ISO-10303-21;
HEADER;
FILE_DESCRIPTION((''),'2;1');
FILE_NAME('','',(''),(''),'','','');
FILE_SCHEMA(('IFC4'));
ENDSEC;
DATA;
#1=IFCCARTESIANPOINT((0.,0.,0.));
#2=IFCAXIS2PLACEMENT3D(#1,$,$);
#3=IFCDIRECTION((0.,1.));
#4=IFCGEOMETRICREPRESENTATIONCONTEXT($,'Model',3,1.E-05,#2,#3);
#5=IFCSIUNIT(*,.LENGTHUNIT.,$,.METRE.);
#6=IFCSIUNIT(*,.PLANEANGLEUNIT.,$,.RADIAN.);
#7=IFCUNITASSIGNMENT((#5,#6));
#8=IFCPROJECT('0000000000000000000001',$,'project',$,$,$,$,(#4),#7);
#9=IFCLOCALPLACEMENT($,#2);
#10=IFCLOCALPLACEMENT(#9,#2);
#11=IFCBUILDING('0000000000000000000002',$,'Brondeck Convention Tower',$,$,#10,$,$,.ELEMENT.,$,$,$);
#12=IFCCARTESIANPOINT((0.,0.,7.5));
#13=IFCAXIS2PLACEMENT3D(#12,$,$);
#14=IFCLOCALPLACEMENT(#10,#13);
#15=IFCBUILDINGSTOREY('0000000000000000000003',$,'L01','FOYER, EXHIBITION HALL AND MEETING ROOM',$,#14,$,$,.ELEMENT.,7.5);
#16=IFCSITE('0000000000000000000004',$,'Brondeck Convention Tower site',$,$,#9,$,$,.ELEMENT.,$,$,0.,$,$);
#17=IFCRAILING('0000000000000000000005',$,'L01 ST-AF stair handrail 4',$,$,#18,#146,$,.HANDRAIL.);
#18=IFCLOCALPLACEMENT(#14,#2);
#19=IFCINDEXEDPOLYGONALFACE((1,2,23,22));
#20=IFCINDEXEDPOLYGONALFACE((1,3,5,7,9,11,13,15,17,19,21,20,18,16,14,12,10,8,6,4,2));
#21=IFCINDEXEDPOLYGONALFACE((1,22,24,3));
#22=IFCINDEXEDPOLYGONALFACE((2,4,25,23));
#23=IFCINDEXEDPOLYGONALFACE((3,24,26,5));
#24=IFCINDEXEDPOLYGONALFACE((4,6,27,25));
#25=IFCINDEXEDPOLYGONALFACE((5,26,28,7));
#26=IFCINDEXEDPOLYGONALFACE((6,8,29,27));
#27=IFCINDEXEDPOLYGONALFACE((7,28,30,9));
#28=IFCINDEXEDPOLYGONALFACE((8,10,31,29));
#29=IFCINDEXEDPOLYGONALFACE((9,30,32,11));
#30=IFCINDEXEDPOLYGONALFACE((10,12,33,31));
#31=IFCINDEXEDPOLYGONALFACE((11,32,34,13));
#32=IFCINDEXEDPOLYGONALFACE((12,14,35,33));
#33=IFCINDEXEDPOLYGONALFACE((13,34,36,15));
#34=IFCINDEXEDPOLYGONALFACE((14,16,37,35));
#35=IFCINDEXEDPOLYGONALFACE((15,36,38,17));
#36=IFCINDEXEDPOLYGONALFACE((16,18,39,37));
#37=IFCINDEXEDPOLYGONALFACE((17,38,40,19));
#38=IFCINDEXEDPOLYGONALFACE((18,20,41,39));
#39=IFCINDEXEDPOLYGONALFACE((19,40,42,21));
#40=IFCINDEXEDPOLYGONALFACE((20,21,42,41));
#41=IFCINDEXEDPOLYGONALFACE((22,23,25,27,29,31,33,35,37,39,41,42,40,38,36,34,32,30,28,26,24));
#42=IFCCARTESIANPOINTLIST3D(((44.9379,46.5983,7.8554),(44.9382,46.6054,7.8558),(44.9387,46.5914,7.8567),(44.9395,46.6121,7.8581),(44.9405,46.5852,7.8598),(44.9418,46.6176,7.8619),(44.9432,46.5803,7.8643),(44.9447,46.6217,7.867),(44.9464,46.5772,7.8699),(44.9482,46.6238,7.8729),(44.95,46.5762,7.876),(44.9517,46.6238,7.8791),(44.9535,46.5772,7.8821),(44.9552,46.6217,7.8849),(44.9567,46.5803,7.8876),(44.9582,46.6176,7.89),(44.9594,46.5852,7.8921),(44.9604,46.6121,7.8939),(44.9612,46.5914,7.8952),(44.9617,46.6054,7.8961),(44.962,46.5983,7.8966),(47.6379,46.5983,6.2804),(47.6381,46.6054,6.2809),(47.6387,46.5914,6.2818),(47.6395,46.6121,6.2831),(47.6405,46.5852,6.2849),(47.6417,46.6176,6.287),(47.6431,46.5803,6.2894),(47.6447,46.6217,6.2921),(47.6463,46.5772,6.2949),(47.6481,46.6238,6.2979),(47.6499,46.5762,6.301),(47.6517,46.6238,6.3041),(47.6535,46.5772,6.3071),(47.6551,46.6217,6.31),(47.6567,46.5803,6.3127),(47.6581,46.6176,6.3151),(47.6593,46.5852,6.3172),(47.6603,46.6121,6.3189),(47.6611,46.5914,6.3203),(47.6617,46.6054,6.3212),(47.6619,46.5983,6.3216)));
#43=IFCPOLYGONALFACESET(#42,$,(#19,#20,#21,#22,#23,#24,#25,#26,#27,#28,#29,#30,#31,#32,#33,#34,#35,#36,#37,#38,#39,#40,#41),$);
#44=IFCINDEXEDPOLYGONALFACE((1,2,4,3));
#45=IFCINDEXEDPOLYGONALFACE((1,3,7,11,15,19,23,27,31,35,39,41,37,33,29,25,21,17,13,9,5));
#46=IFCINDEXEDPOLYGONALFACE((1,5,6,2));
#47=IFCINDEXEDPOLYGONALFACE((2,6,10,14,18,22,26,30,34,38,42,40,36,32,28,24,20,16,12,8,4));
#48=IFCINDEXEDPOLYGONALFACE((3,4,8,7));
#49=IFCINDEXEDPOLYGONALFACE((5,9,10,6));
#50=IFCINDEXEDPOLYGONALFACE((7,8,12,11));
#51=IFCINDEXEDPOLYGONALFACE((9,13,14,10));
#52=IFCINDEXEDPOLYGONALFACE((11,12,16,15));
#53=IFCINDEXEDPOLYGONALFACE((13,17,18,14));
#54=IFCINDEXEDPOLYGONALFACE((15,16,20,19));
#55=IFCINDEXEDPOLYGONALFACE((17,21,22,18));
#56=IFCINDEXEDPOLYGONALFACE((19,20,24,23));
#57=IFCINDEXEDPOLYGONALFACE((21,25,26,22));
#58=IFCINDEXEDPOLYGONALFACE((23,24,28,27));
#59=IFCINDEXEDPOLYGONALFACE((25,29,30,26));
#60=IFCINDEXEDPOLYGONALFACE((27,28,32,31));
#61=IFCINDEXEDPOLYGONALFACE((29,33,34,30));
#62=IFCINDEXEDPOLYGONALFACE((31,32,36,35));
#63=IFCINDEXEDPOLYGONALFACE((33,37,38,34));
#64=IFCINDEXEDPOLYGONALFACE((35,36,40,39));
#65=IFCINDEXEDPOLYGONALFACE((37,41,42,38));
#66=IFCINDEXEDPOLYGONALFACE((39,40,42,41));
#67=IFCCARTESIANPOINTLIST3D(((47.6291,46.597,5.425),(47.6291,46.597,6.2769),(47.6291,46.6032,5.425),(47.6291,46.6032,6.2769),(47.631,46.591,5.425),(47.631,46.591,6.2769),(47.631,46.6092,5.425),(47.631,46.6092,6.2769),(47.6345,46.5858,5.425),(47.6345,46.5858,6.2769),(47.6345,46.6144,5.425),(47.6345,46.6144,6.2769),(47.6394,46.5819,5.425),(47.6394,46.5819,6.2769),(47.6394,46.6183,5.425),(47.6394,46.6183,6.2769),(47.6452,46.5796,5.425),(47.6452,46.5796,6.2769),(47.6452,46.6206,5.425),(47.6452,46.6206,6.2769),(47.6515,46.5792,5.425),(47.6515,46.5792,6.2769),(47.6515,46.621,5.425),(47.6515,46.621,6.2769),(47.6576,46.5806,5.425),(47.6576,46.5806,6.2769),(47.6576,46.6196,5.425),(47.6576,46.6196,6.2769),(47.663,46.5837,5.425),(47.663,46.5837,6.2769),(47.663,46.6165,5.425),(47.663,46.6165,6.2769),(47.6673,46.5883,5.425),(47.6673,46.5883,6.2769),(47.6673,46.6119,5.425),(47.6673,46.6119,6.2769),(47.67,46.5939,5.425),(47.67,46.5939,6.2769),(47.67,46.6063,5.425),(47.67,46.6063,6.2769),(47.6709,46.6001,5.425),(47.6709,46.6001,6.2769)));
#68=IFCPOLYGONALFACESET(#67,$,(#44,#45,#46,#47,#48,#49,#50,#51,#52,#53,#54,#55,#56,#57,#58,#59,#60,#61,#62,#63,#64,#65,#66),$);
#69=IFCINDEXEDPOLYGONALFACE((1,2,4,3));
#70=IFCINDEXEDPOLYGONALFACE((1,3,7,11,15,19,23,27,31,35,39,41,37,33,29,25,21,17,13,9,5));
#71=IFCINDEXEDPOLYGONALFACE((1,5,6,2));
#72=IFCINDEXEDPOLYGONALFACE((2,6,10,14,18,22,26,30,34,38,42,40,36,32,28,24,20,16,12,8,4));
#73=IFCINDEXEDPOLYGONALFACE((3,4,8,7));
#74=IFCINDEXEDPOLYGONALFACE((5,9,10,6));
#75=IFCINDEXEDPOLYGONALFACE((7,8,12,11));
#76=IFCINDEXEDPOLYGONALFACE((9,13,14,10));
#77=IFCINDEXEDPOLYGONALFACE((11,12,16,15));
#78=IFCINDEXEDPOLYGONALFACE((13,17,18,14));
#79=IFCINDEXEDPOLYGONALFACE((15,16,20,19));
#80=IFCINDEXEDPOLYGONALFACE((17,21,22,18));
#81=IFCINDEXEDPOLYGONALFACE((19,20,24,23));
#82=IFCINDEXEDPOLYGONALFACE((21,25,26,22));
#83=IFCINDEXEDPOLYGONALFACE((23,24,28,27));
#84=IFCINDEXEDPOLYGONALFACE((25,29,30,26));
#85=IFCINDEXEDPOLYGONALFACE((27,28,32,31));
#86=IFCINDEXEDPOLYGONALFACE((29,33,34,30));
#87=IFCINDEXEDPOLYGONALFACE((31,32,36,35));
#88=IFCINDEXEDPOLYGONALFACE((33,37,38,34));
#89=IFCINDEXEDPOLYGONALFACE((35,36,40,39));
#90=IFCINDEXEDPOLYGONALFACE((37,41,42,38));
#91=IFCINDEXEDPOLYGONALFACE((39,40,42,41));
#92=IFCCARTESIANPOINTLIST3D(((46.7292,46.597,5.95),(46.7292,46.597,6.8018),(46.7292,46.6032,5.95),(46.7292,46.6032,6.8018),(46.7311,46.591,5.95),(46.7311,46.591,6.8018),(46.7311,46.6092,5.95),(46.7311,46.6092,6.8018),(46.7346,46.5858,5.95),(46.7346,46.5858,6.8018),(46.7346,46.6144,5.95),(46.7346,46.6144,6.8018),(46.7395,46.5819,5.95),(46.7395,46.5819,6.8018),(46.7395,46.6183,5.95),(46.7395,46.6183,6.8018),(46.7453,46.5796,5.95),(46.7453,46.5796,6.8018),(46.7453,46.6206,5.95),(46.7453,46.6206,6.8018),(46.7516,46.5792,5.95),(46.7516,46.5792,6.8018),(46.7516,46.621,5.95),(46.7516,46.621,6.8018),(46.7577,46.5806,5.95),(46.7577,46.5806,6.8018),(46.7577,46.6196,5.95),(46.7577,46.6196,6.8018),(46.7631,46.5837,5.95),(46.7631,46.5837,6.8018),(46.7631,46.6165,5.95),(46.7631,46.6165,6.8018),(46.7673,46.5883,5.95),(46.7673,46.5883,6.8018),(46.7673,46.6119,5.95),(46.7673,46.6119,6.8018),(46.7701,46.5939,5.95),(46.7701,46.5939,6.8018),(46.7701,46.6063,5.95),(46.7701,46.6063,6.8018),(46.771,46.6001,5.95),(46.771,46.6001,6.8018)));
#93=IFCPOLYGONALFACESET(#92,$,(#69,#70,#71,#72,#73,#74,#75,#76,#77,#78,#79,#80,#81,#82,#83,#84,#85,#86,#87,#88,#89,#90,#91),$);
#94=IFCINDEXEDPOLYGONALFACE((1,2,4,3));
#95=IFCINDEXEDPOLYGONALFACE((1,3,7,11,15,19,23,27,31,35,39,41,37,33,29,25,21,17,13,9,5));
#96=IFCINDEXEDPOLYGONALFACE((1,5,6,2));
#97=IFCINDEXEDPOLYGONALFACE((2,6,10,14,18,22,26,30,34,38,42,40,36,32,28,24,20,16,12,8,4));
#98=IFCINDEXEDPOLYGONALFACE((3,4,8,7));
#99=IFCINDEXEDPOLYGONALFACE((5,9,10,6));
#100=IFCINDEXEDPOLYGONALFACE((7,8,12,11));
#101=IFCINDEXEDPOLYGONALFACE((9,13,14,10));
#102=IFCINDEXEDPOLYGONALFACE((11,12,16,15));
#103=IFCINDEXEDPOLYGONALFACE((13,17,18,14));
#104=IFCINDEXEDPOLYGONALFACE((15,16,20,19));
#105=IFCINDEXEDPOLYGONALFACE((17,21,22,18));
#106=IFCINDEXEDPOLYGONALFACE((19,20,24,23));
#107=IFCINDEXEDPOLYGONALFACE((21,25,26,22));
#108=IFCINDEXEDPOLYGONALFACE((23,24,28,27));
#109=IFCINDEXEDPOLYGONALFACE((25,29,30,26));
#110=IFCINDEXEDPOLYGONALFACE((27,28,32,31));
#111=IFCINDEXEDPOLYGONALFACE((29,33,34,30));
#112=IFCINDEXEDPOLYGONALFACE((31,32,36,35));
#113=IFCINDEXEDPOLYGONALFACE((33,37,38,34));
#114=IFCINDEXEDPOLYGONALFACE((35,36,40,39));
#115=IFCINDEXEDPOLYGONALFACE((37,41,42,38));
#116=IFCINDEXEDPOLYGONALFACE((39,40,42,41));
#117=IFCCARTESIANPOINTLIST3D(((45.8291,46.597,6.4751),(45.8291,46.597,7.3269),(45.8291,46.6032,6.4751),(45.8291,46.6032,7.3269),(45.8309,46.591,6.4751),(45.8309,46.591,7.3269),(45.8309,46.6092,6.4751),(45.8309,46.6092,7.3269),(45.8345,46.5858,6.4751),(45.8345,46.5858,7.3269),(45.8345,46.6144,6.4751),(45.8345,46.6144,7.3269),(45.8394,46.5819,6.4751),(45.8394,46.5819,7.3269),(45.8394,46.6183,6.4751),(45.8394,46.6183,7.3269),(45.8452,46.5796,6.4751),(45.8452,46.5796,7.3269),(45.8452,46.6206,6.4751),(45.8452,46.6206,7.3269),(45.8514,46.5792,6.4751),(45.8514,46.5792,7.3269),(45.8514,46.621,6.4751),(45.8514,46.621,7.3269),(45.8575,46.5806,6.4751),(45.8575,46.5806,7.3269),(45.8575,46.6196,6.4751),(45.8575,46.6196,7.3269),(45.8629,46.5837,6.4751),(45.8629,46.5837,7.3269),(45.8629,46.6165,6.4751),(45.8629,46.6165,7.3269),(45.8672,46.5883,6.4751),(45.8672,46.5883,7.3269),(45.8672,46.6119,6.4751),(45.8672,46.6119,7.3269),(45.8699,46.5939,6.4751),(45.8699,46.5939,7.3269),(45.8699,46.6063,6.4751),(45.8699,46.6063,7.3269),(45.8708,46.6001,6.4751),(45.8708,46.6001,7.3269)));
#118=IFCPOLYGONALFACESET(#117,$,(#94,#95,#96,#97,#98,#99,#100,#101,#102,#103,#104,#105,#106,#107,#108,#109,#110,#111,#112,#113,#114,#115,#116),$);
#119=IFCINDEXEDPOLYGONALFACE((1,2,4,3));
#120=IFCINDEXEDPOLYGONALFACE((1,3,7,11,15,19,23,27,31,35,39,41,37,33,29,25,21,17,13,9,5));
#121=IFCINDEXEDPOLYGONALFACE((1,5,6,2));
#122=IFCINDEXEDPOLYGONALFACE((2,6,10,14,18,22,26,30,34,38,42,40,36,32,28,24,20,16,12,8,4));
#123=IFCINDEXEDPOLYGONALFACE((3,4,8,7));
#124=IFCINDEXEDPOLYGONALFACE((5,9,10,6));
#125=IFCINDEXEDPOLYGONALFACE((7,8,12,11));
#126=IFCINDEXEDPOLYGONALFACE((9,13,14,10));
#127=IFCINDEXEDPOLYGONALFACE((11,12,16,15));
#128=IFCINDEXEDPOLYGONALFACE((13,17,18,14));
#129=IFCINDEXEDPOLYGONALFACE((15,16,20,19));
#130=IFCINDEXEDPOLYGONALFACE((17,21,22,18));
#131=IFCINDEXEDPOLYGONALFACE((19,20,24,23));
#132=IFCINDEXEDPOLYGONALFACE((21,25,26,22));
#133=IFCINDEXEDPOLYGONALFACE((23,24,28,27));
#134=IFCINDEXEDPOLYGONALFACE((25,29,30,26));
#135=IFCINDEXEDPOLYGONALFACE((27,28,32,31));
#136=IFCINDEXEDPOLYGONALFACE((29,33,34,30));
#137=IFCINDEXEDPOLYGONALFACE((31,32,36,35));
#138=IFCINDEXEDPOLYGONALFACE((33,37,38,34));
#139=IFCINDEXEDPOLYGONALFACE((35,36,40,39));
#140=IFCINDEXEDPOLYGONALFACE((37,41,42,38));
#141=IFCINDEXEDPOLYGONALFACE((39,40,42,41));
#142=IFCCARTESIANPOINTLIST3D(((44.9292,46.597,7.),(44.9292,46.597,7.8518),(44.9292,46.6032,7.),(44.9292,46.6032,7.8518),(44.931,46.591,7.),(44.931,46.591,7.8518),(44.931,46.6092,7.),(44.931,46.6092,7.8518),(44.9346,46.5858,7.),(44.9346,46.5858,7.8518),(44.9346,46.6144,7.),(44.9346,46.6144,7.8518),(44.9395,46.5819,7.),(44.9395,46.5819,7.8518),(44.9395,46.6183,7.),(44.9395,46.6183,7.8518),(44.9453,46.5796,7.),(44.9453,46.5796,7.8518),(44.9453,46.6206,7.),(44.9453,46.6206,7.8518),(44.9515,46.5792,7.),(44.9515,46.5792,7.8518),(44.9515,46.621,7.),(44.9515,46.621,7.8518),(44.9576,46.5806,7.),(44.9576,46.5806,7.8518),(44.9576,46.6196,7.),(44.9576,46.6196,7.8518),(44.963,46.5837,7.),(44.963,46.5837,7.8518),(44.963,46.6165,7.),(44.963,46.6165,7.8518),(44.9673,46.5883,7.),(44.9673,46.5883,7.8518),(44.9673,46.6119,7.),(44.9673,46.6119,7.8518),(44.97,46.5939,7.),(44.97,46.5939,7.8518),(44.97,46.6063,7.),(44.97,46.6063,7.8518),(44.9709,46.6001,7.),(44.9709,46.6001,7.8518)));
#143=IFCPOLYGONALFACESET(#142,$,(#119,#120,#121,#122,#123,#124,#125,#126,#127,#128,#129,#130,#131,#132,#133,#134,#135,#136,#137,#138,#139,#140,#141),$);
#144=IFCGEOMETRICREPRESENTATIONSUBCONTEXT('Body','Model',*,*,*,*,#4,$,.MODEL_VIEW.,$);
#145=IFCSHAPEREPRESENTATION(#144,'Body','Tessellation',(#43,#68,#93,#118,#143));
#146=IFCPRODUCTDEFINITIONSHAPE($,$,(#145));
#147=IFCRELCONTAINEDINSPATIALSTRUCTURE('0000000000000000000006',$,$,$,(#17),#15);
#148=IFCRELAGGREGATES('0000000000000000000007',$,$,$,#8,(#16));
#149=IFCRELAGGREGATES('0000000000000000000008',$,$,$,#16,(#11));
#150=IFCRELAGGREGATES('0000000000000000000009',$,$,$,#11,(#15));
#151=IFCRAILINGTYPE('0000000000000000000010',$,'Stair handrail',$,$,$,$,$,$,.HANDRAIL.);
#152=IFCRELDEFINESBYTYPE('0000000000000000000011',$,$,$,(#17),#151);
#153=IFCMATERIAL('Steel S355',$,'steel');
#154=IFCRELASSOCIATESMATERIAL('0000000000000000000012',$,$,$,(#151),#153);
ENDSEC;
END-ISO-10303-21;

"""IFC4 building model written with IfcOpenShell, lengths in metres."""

from ifc_helpers import new_model, si_unit, direction, frame, origin, origin_2d, place, context, subcontext, project, spatial, circle, extrude, material, type_object, element, save


model = new_model("IFC4")

# Units and contexts
model_context = context("Model", 3, precision=1e-05, world=origin(), true_north=direction((0.0, 1.0)))
body_context = subcontext(model_context, "Body", "Model", "MODEL_VIEW")
ifc_project = project(units=[si_unit("LENGTHUNIT", "METRE"), si_unit("PLANEANGLEUNIT", "RADIAN")], contexts=[model_context])

# Site, building, storey
site_placement = place(None, origin())
site = spatial("IfcSite", under=ifc_project, at=site_placement, Name="Brondeck Convention Tower site", CompositionType="ELEMENT", RefElevation=0.0)
building_placement = place(site_placement, origin())
building = spatial("IfcBuilding", under=site, at=building_placement, Name="Brondeck Convention Tower", CompositionType="ELEMENT")
storey_placement = place(building_placement, frame((0.0, 0.0, 7.5)))
storey = spatial("IfcBuildingStorey", under=building, at=storey_placement, Name="L01", Description="FOYER, EXHIBITION HALL AND MEETING ROOM", CompositionType="ELEMENT", Elevation=7.5)

# Shared definitions
ifc_material_1 = material(Name="Steel S355", Category="steel")

# Railing
railing_type_1 = type_object("IfcRailingType", Name="Stair handrail", PredefinedType="HANDRAIL", material=ifc_material_1)
railing_1_placement = place(storey_placement, frame((47.6499, 46.6001, 5.425)))
element("IfcRailing", 1, at=railing_1_placement, inside=storey, type_object=railing_type_1, Name="L01 ST-AF stair handrail 4", PredefinedType="HANDRAIL", context=body_context, shape_type="SweptSolid", body=[
    extrude(circle(Radius=0.0239, at=origin_2d()), frame((0.0, 0.0, 0.876), z_axis=(-0.863782, 0.0, 0.503866), x_axis=(0.0, -1.0, 0.0)), (0.0, 0.0, 1.0), 3.1257),
    extrude(circle(Radius=0.021, at=origin_2d()), origin(), (0.0, 0.0, 1.0), 0.8518),
    extrude(circle(Radius=0.021, at=origin_2d()), frame((-0.8999, 0.0, 0.5249)), (0.0, 0.0, 1.0), 0.8518),
    extrude(circle(Radius=0.021, at=origin_2d()), frame((-1.8, 0.0, 1.05)), (0.0, 0.0, 1.0), 0.8518),
    extrude(circle(Radius=0.021, at=origin_2d()), frame((-2.7, 0.0, 1.575)), (0.0, 0.0, 1.0), 0.8518),
])

save(model, "model.ifc")
